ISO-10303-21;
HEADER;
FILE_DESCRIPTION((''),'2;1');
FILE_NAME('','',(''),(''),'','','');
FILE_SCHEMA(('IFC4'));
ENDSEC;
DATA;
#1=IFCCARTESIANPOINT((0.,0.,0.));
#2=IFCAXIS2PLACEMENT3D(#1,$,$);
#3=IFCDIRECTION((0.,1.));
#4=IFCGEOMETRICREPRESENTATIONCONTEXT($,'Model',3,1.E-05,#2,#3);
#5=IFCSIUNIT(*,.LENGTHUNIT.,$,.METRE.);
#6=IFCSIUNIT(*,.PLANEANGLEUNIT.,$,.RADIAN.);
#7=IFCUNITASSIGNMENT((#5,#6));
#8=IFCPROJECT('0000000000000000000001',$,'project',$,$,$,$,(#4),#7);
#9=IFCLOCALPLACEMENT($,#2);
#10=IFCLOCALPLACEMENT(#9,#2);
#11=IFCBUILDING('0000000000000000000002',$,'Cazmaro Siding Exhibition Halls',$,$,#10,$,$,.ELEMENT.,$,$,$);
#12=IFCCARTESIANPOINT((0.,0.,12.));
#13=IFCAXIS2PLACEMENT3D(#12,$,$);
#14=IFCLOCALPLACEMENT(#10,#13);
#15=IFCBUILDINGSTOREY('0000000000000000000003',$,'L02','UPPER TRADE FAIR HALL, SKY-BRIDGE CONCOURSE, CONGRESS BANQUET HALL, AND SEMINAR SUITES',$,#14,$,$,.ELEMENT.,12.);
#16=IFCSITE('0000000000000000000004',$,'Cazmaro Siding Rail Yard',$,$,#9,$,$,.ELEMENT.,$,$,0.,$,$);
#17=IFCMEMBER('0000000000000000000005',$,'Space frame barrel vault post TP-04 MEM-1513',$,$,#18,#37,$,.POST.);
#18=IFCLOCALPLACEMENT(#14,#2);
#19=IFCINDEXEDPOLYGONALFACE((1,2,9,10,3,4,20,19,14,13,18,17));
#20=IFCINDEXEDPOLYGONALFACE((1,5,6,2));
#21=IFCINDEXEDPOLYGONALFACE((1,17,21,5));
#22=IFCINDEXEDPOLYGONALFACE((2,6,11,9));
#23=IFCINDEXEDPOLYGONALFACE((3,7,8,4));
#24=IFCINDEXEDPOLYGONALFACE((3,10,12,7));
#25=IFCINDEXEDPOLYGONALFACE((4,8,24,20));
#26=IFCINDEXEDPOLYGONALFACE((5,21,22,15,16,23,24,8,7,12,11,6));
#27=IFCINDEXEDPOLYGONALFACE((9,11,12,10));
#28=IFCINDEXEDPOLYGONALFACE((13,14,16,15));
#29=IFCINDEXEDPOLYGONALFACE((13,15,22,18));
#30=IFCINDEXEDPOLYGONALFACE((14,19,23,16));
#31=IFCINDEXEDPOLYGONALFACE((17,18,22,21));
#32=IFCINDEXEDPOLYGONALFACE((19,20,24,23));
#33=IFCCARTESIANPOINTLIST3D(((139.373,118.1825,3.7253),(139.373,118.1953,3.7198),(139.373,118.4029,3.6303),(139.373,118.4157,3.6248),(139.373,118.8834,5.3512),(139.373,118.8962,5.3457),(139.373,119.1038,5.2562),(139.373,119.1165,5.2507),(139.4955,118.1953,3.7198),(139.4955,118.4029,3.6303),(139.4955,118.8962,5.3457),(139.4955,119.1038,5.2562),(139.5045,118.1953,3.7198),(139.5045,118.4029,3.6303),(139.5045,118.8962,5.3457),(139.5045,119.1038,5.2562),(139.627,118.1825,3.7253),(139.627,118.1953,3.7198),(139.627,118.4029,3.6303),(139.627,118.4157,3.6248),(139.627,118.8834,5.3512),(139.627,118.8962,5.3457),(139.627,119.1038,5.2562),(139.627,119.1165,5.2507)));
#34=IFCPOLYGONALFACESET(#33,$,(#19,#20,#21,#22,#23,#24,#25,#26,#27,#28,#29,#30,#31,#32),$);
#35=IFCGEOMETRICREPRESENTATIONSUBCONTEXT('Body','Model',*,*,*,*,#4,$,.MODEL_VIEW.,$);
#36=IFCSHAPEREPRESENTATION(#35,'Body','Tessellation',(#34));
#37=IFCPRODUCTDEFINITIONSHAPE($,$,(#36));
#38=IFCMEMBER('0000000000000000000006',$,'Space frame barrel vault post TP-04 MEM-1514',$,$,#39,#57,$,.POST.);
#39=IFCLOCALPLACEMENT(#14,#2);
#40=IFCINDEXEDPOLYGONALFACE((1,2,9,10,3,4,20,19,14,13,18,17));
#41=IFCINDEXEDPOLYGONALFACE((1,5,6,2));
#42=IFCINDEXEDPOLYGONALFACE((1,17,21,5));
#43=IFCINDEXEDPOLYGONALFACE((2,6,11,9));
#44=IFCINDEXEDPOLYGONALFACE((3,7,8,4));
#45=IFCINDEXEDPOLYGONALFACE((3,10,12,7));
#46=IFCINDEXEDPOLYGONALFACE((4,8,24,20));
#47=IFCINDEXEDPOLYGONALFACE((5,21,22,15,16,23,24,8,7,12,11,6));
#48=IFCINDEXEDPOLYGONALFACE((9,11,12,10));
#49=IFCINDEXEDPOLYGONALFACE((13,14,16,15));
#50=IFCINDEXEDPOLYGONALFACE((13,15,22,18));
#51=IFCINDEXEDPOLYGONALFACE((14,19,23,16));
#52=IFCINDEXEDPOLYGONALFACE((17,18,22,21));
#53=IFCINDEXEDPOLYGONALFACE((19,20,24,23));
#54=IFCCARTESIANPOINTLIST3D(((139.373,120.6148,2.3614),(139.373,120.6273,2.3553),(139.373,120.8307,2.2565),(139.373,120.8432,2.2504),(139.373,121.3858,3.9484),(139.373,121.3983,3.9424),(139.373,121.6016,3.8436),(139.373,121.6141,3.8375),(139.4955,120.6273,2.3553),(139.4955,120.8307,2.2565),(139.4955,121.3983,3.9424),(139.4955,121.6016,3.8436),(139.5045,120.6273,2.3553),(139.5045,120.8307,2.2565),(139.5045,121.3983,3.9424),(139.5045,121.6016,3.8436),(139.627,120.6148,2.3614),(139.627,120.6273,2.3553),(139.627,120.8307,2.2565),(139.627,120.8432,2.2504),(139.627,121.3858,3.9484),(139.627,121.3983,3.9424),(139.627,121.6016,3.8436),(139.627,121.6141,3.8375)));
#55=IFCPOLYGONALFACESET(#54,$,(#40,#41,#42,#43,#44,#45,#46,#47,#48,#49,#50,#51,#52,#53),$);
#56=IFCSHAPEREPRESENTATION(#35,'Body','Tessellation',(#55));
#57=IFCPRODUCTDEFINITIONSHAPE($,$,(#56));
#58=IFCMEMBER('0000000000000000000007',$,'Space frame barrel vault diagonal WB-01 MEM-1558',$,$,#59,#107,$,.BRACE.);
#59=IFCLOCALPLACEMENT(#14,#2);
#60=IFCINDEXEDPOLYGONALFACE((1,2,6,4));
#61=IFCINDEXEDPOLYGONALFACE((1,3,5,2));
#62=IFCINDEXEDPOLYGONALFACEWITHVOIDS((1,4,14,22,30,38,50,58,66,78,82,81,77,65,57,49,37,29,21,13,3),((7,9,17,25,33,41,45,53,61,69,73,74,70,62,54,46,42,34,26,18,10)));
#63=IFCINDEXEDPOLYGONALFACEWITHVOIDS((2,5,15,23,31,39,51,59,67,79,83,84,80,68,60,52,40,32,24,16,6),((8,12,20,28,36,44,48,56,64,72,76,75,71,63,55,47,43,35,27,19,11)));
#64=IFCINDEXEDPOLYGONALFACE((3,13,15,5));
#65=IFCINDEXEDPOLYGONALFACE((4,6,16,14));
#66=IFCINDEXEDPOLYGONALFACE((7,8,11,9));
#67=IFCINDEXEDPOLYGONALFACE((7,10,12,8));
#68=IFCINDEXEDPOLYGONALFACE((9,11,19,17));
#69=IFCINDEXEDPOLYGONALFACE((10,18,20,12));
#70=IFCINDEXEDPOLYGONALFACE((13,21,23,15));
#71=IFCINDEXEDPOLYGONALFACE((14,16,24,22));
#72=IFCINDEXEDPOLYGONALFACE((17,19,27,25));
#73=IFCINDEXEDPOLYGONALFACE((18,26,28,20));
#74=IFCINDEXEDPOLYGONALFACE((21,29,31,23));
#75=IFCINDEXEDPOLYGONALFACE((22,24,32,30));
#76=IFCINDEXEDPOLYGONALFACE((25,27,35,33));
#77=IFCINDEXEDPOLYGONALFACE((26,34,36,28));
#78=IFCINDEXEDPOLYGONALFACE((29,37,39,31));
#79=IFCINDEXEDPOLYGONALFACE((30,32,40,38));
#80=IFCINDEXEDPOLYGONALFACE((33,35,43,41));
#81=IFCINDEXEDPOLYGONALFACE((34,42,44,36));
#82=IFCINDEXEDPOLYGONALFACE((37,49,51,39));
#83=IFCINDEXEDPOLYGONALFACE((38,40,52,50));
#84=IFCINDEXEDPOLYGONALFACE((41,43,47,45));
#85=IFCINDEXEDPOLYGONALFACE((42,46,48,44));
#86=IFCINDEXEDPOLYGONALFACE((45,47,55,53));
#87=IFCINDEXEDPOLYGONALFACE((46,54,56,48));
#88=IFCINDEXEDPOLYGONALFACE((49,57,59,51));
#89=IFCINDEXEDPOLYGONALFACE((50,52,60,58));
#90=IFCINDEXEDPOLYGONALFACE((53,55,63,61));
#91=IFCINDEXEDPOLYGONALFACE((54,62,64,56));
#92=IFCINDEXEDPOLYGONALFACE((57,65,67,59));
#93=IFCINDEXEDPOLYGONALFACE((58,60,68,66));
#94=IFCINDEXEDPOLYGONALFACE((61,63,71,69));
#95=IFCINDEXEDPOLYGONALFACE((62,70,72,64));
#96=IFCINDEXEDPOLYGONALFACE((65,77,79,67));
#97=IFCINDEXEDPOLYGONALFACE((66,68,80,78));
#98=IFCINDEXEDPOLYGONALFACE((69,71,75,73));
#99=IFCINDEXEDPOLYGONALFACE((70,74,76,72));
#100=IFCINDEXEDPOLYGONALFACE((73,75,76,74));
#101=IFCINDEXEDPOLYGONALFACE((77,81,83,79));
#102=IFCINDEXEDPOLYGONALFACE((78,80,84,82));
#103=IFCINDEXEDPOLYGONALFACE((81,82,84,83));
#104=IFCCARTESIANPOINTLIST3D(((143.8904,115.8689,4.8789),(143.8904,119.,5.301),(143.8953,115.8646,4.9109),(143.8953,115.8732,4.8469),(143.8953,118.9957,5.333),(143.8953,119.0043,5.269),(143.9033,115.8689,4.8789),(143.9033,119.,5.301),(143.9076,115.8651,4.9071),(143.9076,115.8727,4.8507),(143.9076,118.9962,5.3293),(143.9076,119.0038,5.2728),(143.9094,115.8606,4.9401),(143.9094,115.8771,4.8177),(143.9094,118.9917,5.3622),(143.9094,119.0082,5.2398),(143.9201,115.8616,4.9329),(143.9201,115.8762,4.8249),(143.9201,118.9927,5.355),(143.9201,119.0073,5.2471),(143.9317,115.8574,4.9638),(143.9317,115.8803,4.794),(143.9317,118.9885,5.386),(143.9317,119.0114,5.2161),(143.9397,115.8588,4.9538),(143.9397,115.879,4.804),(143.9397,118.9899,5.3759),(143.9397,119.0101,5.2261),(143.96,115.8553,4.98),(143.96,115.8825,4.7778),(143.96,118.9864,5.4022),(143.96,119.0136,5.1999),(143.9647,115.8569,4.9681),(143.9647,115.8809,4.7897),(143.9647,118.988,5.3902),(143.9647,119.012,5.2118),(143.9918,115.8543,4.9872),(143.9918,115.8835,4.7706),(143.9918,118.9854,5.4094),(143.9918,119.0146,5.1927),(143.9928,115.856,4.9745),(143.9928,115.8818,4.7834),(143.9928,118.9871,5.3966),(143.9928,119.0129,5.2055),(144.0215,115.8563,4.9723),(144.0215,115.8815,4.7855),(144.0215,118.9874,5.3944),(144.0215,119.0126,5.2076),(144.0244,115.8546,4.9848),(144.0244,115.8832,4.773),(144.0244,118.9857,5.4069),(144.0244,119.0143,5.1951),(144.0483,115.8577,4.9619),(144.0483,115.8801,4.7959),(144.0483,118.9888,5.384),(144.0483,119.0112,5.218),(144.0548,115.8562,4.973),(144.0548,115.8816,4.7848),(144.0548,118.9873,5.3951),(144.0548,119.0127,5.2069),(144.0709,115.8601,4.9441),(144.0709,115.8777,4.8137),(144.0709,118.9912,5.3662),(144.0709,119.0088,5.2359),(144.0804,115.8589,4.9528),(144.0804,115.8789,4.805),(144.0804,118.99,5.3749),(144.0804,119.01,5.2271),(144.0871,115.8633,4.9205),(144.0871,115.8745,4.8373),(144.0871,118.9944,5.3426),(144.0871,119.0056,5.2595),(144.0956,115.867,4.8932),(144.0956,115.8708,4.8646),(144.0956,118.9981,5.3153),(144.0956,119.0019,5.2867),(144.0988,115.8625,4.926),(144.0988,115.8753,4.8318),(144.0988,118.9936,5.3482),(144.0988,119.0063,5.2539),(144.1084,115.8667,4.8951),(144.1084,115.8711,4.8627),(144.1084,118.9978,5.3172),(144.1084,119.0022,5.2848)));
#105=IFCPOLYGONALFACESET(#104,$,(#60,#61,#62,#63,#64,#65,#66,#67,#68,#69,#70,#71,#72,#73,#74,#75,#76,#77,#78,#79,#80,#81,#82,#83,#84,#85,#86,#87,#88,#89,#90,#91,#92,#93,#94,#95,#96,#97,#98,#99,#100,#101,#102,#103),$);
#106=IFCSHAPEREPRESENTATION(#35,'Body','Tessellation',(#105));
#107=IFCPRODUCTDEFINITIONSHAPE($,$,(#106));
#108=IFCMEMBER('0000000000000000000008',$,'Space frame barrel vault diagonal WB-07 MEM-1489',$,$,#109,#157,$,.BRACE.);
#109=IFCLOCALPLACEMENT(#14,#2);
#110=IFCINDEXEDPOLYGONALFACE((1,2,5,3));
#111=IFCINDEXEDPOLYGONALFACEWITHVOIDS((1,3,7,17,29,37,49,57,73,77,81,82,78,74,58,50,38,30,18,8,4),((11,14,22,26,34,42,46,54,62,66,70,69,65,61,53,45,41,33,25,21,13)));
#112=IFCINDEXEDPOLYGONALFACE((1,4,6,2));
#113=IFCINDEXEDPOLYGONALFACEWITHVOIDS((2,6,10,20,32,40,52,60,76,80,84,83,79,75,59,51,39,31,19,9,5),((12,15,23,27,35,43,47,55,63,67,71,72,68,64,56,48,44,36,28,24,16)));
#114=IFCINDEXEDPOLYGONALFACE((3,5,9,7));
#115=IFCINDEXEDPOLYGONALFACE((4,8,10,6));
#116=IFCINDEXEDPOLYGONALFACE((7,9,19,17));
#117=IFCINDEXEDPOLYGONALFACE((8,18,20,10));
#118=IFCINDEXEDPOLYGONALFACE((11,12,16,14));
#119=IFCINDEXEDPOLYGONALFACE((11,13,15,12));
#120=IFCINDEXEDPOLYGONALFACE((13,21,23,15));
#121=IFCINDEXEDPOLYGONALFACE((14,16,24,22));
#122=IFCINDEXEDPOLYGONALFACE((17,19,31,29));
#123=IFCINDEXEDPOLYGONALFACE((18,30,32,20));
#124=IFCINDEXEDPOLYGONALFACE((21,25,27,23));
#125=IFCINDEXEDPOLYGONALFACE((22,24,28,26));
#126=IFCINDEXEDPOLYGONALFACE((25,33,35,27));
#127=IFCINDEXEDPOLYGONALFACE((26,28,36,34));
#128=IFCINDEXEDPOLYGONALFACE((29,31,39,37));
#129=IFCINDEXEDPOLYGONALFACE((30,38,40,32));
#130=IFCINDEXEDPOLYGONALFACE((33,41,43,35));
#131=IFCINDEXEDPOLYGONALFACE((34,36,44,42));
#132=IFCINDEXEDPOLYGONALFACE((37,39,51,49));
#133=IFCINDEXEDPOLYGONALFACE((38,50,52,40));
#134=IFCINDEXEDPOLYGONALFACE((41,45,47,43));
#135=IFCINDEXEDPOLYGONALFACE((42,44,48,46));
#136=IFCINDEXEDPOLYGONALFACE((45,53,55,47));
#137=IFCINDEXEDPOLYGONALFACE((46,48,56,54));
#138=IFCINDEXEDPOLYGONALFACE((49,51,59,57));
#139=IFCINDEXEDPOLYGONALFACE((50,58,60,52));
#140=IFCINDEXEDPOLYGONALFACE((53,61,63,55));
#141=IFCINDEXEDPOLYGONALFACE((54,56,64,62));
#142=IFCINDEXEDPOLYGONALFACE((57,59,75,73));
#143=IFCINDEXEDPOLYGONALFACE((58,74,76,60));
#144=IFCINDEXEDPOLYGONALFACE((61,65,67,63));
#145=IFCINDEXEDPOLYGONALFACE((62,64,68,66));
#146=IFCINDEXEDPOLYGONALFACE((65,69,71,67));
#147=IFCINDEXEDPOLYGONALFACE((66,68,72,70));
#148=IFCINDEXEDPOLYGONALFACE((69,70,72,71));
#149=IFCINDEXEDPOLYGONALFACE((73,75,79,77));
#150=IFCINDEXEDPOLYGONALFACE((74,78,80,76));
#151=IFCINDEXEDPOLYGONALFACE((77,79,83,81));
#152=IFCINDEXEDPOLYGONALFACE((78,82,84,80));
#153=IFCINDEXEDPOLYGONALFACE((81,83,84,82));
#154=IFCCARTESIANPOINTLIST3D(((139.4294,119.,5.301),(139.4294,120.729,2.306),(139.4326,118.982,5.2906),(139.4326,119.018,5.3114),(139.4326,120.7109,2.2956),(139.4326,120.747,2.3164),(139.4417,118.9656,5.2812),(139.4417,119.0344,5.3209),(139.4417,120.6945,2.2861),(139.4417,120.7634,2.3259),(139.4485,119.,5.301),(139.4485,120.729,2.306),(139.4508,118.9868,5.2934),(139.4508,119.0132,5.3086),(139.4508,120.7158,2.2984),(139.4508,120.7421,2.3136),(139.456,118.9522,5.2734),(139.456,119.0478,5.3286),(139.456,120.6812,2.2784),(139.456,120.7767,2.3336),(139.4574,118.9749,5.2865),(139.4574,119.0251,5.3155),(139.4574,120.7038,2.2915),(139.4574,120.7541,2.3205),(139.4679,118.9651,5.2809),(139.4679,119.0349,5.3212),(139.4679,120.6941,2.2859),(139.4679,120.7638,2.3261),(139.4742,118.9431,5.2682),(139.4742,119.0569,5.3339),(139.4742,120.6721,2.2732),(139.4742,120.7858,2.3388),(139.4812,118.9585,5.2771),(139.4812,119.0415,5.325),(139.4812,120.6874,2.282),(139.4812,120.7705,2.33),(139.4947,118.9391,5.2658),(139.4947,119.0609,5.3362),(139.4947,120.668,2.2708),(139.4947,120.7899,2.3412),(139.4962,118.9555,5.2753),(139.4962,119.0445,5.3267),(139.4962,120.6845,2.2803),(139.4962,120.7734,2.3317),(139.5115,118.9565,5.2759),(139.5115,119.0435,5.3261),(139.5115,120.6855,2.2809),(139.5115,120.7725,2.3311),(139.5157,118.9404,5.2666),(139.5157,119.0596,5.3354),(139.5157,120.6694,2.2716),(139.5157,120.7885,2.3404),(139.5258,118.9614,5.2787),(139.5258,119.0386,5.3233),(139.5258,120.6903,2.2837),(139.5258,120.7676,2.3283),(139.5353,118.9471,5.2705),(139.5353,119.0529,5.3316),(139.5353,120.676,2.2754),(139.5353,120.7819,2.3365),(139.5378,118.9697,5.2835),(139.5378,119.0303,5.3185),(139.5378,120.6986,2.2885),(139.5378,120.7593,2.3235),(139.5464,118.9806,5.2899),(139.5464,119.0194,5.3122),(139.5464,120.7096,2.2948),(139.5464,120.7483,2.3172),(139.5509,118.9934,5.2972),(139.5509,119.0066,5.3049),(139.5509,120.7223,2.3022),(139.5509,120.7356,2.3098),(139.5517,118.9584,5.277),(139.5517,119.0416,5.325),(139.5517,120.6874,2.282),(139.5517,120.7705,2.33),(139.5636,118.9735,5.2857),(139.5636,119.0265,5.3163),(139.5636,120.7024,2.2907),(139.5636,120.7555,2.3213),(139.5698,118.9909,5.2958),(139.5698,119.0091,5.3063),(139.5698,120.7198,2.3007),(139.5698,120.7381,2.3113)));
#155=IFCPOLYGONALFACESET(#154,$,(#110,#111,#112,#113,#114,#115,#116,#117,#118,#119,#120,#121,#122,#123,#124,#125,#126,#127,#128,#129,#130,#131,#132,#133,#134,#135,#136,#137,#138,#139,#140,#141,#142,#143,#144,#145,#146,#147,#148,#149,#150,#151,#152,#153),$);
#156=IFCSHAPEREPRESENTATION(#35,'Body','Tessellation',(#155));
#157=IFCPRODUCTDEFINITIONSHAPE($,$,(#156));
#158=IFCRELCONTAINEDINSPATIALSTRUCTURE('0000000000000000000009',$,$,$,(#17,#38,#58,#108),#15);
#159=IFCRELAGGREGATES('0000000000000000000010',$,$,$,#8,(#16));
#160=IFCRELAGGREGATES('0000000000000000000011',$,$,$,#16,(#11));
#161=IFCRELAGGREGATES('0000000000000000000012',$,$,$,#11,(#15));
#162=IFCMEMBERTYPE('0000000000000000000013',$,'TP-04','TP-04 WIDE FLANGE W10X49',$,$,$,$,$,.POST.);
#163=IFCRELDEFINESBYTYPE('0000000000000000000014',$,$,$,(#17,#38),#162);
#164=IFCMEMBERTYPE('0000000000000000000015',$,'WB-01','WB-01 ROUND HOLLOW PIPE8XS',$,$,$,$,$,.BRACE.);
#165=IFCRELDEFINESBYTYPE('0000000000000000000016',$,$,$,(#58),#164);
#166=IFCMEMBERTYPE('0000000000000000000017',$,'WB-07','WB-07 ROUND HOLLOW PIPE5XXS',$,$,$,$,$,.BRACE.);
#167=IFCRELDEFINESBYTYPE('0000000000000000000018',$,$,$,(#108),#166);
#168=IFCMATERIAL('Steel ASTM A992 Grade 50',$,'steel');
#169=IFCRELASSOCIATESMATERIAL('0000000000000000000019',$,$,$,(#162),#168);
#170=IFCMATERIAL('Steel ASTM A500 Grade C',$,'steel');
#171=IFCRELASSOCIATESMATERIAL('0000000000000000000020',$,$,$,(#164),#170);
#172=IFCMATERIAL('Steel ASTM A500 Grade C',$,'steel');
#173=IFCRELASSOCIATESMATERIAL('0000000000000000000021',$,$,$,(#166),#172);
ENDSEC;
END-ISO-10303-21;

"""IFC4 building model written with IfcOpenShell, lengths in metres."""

from ifc_helpers import new_model, si_unit, direction, frame, origin, origin_2d, place, context, subcontext, project, spatial, hollow_circle, i_section, extrude, material, material_profile, profile_set, type_object, element, save


model = new_model("IFC4")

# Units and contexts
model_context = context("Model", 3, precision=1e-05, world=origin(), true_north=direction((0.0, 1.0)))
body_context = subcontext(model_context, "Body", "Model", "MODEL_VIEW")
ifc_project = project(units=[si_unit("LENGTHUNIT", "METRE"), si_unit("PLANEANGLEUNIT", "RADIAN")], contexts=[model_context])

# Site, building, storey
site_placement = place(None, origin())
site = spatial("IfcSite", under=ifc_project, at=site_placement, Name="Cazmaro Siding Rail Yard", CompositionType="ELEMENT", RefElevation=0.0)
building_placement = place(site_placement, origin())
building = spatial("IfcBuilding", under=site, at=building_placement, Name="Cazmaro Siding Exhibition Halls", CompositionType="ELEMENT")
storey_placement = place(building_placement, frame((0.0, 0.0, 12.0)))
storey = spatial("IfcBuildingStorey", under=building, at=storey_placement, Name="L02", Description="UPPER TRADE FAIR HALL, SKY-BRIDGE CONCOURSE, CONGRESS BANQUET HALL, AND SEMINAR SUITES", CompositionType="ELEMENT", Elevation=12.0)

# Members
ifc_material_1 = material(Name="Steel ASTM A992 Grade 50", Category="steel")
ifc_material_profile_1 = material_profile(ifc_material_1, i_section(OverallWidth=0.2539, OverallDepth=0.2539, WebThickness=0.009, FlangeThickness=0.0139, at=origin_2d()), Name="W10X49")
ifc_profile_set_1 = profile_set([ifc_material_profile_1], Name="Steel ASTM A992 Grade 50")
member_type_1 = type_object("IfcMemberType", Name="TP-04", Description="TP-04 WIDE FLANGE W10X49", PredefinedType="POST", material=ifc_profile_set_1)
member_1_placement = place(storey_placement, frame((139.5, 118.2991, 3.675), z_axis=(0.0, 0.395865, 0.918309), x_axis=(-1.0, 0.0, 0.0)))
element("IfcMember", 1, at=member_1_placement, inside=storey, type_object=member_type_1, Name="Space frame barrel vault post TP-04 MEM-1513", PredefinedType="POST", context=body_context, shape_type="SweptSolid", body=[
    extrude(i_section(OverallWidth=0.2539, OverallDepth=0.2539, WebThickness=0.009, FlangeThickness=0.0139, at=origin_2d()), origin(), (0.0, 0.0, 1.0), 1.7705),
])
member_2_placement = place(storey_placement, frame((139.5, 120.729, 2.3059), z_axis=(0.0, 0.436946, 0.899488), x_axis=(-1.0, 0.0, 0.0)))
element("IfcMember", 2, at=member_2_placement, inside=storey, type_object=member_type_1, Name="Space frame barrel vault post TP-04 MEM-1514", PredefinedType="POST", context=body_context, shape_type="SweptSolid", body=[
    extrude(i_section(OverallWidth=0.2539, OverallDepth=0.2539, WebThickness=0.009, FlangeThickness=0.0139, at=origin_2d()), origin(), (0.0, 0.0, 1.0), 1.7644),
])
ifc_material_2 = material(Name="Steel ASTM A500 Grade C", Category="steel")
ifc_material_profile_2 = material_profile(ifc_material_2, hollow_circle(Radius=0.1096, WallThickness=0.0129, at=origin_2d()), Name="PIPE8XS")
ifc_profile_set_2 = profile_set([ifc_material_profile_2], Name="Steel ASTM A500 Grade C")
member_type_2 = type_object("IfcMemberType", Name="WB-01", Description="WB-01 ROUND HOLLOW PIPE8XS", PredefinedType="BRACE", material=ifc_profile_set_2)
member_3_placement = place(storey_placement, frame((144.0, 115.8689, 4.8789), z_axis=(0.0, 0.991035, 0.133606), x_axis=(-1.0, 0.0, 0.0)))
element("IfcMember", 3, at=member_3_placement, inside=storey, type_object=member_type_2, Name="Space frame barrel vault diagonal WB-01 MEM-1558", PredefinedType="BRACE", context=body_context, shape_type="SweptSolid", body=[
    extrude(hollow_circle(Radius=0.1096, WallThickness=0.0129, at=origin_2d()), origin(), (0.0, 0.0, 1.0), 3.1594),
])
ifc_material_3 = material(Name="Steel ASTM A500 Grade C", Category="steel")
ifc_material_profile_3 = material_profile(ifc_material_3, hollow_circle(Radius=0.0706, WallThickness=0.019, at=origin_2d()), Name="PIPE5XXS")
ifc_profile_set_3 = profile_set([ifc_material_profile_3], Name="Steel ASTM A500 Grade C")
member_type_3 = type_object("IfcMemberType", Name="WB-07", Description="WB-07 ROUND HOLLOW PIPE5XXS", PredefinedType="BRACE", material=ifc_profile_set_3)
member_4_placement = place(storey_placement, frame((139.5, 119.0, 5.301), z_axis=(0.0, 0.499951, -0.866054), x_axis=(-1.0, 0.0, 0.0)))
element("IfcMember", 4, at=member_4_placement, inside=storey, type_object=member_type_3, Name="Space frame barrel vault diagonal WB-07 MEM-1489", PredefinedType="BRACE", context=body_context, shape_type="SweptSolid", body=[
    extrude(hollow_circle(Radius=0.0706, WallThickness=0.019, at=origin_2d()), origin(), (0.0, 0.0, 1.0), 3.4583),
])

save(model, "model.ifc")
